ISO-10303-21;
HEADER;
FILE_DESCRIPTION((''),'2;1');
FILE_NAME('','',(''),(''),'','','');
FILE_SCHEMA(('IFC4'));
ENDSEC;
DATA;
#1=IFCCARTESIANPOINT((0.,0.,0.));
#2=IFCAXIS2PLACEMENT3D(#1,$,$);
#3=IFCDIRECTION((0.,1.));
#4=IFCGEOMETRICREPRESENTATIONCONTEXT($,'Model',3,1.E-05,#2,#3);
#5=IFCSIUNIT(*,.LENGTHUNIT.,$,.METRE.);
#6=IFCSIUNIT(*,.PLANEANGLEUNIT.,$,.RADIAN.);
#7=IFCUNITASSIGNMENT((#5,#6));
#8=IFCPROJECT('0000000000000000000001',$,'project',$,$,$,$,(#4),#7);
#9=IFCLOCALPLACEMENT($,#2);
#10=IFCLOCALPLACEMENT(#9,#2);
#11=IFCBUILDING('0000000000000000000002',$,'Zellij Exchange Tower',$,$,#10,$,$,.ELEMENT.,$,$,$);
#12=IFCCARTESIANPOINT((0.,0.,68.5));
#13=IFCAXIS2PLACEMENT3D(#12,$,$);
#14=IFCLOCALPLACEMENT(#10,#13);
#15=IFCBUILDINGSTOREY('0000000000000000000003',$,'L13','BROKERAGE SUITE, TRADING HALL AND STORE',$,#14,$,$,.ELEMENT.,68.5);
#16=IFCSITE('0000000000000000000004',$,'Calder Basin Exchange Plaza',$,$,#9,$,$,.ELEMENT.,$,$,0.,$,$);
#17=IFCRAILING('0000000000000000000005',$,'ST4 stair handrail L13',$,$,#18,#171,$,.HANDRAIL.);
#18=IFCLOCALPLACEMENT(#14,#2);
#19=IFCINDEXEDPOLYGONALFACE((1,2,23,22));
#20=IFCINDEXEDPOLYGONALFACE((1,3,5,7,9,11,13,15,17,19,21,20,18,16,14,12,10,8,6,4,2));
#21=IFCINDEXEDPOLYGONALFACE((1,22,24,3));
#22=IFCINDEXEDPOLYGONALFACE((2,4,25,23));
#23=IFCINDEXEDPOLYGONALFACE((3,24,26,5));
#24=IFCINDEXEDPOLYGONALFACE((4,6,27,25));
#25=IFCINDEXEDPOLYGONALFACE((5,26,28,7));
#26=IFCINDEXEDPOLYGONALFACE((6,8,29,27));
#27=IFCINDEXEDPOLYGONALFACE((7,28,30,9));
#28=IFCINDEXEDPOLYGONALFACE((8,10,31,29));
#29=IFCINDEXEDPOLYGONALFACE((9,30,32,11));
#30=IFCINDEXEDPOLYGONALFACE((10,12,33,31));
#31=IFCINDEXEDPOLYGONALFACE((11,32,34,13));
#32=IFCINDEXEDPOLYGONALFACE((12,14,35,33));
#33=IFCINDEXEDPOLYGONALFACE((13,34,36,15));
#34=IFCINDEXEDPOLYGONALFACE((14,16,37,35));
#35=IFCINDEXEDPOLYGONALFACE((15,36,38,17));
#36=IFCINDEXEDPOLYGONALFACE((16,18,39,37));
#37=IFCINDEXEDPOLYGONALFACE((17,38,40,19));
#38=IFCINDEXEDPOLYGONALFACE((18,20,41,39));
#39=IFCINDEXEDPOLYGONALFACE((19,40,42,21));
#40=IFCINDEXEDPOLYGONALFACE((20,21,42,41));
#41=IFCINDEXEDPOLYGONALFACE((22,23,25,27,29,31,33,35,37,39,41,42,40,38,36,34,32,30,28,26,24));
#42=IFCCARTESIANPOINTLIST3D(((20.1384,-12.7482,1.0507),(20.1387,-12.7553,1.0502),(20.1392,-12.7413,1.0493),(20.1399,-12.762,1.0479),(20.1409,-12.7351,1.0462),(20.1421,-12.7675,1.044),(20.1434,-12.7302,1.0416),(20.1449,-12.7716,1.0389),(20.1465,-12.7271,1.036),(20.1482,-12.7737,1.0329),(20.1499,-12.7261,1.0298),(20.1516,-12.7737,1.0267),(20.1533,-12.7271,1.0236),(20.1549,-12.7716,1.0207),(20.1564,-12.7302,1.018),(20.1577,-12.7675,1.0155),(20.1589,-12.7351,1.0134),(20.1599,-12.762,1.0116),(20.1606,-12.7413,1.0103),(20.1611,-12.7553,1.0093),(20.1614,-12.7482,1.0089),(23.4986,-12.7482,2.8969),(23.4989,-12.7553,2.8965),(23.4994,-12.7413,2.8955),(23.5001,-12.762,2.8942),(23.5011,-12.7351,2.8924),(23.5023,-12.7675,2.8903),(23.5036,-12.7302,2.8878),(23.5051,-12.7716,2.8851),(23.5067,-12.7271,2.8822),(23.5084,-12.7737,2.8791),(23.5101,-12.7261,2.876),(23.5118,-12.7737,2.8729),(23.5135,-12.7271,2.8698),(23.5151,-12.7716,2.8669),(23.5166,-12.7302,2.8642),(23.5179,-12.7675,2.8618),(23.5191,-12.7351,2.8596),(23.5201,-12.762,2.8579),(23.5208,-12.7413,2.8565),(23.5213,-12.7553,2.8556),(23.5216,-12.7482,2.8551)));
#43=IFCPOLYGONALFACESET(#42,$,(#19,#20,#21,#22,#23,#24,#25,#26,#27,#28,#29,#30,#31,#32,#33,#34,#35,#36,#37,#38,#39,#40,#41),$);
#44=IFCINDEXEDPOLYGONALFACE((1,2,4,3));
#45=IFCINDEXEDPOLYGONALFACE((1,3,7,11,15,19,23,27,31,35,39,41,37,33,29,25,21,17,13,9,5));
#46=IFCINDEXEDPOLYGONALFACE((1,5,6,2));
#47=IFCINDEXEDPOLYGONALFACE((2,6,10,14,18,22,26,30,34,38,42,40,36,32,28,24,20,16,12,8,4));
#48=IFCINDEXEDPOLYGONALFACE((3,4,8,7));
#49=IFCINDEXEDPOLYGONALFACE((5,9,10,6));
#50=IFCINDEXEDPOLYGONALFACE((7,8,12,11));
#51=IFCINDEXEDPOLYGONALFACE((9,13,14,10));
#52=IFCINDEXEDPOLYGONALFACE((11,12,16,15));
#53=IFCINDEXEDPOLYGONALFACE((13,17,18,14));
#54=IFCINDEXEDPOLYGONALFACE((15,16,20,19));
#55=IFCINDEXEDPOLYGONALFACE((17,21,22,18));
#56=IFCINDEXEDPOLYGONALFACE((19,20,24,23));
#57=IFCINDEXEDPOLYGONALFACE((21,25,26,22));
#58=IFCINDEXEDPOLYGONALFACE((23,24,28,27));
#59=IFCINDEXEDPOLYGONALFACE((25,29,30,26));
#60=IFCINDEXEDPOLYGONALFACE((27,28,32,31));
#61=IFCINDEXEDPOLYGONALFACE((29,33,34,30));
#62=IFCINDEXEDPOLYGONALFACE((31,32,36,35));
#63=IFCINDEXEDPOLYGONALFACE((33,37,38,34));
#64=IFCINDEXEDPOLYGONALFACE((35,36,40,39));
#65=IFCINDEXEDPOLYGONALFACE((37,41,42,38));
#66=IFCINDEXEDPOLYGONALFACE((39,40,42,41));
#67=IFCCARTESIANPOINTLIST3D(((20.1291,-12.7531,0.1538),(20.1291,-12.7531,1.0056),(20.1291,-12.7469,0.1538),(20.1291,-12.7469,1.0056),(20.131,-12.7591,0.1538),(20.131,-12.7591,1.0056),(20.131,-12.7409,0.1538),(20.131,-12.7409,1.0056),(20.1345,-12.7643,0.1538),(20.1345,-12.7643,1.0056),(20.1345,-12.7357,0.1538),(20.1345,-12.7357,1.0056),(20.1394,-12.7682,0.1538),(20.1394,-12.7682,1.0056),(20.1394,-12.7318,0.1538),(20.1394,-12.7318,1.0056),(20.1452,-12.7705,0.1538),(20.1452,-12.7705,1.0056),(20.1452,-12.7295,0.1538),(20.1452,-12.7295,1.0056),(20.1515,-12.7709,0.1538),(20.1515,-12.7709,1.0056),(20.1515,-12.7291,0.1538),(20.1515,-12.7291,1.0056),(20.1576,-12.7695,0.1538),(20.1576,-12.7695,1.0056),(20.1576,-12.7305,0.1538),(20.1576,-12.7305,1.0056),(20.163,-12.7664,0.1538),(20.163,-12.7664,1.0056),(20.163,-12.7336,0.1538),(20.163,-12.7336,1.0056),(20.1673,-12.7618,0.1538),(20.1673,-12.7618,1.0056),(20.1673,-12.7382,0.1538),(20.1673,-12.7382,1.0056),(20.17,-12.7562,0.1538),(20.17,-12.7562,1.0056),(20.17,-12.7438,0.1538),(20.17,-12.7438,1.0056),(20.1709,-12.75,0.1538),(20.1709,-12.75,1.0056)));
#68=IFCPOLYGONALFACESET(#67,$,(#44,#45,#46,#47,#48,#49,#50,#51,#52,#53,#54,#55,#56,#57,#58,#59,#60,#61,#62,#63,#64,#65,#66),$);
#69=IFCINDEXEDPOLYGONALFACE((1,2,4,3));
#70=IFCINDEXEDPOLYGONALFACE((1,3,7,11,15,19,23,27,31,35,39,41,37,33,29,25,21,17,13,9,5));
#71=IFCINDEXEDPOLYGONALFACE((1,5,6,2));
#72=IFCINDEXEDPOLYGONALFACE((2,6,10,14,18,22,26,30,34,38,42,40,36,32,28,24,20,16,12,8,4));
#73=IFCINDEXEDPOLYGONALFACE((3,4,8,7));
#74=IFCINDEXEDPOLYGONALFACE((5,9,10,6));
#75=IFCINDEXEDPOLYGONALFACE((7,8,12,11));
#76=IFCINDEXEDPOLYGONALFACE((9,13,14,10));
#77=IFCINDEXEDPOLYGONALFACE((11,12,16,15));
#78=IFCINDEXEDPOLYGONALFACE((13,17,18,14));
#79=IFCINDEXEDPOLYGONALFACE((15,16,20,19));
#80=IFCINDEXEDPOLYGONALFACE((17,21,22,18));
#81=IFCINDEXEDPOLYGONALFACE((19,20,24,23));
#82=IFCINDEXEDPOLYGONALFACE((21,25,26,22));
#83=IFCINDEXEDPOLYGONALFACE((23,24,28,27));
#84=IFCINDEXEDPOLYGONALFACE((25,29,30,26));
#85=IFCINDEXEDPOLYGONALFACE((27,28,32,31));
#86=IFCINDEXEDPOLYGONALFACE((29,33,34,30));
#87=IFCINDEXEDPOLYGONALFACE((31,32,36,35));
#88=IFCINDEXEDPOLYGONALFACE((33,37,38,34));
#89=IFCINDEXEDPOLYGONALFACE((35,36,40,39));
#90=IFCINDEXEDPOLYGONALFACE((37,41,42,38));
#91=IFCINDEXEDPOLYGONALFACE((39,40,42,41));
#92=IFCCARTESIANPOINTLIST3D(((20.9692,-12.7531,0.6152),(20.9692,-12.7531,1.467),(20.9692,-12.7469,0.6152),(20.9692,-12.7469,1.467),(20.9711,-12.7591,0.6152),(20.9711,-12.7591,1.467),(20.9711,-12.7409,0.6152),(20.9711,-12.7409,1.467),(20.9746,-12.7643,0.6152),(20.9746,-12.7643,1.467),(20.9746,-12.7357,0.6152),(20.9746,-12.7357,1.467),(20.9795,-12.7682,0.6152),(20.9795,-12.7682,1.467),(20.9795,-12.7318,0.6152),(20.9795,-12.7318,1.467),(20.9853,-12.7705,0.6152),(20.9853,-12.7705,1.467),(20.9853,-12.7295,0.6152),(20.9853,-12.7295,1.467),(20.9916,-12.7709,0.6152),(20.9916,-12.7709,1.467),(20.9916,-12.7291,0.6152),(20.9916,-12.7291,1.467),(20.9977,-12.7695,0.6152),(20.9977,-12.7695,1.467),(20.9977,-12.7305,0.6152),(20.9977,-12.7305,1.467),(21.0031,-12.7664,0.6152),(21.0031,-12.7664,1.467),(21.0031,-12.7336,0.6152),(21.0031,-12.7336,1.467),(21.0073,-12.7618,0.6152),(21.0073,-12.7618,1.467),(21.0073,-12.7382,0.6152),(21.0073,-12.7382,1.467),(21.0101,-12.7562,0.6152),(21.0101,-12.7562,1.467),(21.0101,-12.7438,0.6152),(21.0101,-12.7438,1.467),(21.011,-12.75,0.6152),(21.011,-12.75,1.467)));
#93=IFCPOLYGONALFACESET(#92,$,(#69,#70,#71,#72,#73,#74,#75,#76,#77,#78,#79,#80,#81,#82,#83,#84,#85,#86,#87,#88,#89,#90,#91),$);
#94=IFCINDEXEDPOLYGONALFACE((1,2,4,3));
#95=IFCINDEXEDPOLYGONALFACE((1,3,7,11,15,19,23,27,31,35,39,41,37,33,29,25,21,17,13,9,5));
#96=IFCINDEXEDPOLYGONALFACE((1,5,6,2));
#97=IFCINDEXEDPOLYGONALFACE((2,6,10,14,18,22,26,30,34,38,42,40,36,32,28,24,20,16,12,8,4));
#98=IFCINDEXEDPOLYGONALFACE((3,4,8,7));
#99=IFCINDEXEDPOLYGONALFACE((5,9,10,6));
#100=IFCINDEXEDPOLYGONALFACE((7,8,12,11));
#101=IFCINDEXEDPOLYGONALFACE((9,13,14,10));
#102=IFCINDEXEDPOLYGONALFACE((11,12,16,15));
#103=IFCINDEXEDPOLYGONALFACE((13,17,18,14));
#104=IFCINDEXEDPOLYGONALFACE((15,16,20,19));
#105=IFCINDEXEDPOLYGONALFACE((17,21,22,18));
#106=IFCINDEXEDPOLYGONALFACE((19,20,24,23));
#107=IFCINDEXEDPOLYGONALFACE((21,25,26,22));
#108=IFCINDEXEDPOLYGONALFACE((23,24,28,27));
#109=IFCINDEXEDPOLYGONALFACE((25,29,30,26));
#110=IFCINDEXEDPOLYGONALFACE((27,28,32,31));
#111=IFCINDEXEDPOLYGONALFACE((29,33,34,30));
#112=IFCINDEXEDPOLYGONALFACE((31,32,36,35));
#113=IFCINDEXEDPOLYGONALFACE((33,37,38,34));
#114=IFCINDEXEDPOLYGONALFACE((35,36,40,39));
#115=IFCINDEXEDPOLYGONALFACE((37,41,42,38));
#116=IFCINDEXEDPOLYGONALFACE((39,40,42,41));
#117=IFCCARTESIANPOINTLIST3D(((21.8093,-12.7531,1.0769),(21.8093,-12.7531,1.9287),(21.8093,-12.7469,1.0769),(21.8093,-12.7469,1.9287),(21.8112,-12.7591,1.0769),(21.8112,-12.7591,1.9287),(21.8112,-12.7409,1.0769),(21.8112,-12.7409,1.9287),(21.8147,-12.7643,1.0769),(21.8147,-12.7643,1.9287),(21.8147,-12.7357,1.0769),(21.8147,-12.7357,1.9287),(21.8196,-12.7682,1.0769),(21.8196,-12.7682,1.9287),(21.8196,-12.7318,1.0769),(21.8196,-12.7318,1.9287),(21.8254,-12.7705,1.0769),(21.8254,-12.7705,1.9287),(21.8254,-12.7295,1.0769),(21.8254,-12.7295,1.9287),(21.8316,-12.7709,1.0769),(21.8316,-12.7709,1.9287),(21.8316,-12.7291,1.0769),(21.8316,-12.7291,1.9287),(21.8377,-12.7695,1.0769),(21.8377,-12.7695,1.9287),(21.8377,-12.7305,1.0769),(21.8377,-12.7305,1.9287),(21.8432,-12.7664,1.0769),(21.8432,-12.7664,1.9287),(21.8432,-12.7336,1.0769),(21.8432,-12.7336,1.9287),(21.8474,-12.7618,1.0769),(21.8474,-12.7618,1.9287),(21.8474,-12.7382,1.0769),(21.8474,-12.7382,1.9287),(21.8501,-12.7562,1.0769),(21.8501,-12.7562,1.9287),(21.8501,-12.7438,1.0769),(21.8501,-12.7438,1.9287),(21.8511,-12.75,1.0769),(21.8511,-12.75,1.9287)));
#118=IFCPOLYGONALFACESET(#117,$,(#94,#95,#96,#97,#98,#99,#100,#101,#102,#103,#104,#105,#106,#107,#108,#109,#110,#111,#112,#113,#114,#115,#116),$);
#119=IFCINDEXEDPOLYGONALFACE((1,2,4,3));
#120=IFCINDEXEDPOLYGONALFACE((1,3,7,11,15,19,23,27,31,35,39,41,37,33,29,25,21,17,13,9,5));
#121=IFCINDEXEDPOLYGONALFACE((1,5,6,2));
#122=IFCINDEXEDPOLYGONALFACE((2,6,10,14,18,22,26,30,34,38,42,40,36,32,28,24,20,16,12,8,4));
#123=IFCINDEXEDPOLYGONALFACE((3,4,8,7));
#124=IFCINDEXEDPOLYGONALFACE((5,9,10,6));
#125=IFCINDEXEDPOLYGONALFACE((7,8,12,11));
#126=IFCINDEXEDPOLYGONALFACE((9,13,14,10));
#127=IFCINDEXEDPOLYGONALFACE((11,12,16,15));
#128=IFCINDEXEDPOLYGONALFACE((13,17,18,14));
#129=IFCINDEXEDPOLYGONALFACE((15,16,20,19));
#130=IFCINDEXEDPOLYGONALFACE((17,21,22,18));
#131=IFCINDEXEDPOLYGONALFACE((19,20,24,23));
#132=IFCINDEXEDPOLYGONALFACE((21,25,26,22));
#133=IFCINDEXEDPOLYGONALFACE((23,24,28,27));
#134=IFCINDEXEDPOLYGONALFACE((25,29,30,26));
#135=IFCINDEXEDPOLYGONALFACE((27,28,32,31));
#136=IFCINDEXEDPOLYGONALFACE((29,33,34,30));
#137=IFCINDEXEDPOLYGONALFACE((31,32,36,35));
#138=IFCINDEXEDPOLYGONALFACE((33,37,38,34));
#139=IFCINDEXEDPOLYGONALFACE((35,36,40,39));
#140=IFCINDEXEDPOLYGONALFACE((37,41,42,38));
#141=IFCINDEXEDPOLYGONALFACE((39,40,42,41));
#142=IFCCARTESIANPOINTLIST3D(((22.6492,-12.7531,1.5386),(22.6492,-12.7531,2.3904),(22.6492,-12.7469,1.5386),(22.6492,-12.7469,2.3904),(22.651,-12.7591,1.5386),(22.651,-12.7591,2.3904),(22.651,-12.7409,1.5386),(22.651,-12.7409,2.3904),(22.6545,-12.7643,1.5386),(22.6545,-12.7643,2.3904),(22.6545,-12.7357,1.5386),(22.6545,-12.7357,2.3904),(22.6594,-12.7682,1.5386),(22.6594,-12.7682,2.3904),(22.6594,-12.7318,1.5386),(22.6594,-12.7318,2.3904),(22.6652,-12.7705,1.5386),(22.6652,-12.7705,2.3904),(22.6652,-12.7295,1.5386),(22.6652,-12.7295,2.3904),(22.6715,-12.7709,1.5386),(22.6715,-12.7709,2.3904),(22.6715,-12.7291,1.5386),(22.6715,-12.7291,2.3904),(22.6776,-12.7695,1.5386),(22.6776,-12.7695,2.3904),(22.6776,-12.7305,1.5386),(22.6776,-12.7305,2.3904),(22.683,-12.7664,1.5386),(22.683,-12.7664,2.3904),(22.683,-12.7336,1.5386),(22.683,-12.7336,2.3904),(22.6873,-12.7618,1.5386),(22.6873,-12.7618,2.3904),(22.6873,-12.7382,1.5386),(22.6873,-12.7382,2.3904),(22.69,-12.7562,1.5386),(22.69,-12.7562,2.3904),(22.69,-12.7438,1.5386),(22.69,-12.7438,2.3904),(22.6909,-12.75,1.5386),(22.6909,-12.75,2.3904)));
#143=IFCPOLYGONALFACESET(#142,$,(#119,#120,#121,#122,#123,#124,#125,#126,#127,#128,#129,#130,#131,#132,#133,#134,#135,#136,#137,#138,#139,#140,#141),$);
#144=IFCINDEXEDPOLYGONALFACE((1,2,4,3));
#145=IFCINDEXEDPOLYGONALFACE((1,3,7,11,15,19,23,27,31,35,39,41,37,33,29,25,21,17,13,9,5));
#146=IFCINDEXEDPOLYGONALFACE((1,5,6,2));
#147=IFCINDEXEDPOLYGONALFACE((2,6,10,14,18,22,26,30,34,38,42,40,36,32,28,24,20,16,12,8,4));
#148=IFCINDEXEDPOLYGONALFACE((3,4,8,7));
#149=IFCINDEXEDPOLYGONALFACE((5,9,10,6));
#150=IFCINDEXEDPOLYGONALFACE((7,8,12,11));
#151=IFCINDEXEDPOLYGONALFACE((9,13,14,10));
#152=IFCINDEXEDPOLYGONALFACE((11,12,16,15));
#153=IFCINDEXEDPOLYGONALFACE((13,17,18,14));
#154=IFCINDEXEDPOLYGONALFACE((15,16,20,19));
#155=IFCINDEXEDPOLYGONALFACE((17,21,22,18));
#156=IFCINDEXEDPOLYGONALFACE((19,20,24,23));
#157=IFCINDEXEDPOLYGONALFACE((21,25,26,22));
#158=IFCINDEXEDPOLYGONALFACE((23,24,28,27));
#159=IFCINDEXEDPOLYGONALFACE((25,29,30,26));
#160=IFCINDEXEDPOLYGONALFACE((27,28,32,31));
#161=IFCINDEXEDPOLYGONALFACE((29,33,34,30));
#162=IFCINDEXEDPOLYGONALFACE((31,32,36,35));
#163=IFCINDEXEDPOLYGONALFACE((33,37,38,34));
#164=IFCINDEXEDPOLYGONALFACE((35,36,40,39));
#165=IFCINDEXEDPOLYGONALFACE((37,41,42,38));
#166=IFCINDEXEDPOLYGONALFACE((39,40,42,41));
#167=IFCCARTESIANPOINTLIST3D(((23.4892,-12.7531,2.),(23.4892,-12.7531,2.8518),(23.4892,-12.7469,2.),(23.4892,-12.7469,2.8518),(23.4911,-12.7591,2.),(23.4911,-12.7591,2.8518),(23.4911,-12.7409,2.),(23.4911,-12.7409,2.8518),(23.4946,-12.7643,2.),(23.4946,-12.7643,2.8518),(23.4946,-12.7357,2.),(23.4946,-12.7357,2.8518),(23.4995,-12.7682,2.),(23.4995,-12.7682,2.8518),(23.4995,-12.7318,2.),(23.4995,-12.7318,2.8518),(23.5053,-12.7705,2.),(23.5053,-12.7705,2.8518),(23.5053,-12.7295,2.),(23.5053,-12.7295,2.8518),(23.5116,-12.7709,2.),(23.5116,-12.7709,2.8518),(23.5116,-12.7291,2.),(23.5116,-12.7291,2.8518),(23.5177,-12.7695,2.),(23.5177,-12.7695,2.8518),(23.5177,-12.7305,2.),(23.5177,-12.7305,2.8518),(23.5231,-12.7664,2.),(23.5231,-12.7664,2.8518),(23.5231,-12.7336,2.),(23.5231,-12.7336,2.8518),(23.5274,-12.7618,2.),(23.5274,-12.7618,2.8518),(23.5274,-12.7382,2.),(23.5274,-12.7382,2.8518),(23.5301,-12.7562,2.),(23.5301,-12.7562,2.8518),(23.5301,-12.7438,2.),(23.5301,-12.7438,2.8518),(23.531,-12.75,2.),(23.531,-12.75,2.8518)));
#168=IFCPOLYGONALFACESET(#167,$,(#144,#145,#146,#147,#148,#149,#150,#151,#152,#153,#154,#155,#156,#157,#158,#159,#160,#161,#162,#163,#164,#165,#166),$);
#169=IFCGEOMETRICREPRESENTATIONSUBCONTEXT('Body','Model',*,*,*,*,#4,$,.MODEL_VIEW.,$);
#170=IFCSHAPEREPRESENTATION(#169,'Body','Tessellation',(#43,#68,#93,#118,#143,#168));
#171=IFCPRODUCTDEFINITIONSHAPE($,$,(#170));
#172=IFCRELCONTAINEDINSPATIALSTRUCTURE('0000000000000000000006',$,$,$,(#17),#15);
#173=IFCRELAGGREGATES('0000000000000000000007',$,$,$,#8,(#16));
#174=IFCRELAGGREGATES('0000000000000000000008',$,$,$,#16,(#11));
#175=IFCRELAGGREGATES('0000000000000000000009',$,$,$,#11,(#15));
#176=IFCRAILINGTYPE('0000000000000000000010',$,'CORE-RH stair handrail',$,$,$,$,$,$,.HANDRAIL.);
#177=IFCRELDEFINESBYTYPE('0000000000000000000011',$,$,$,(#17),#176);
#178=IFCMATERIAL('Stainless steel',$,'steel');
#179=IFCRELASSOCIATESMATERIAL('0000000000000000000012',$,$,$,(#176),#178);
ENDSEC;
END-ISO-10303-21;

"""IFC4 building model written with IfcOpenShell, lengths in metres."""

from ifc_helpers import new_model, si_unit, direction, frame, origin, origin_2d, place, context, subcontext, project, spatial, circle, extrude, material, type_object, element, save


model = new_model("IFC4")

# Units and contexts
model_context = context("Model", 3, precision=1e-05, world=origin(), true_north=direction((0.0, 1.0)))
body_context = subcontext(model_context, "Body", "Model", "MODEL_VIEW")
ifc_project = project(units=[si_unit("LENGTHUNIT", "METRE"), si_unit("PLANEANGLEUNIT", "RADIAN")], contexts=[model_context])

# Site, building, storey
site_placement = place(None, origin())
site = spatial("IfcSite", under=ifc_project, at=site_placement, Name="Calder Basin Exchange Plaza", CompositionType="ELEMENT", RefElevation=0.0)
building_placement = place(site_placement, origin())
building = spatial("IfcBuilding", under=site, at=building_placement, Name="Zellij Exchange Tower", CompositionType="ELEMENT")
storey_placement = place(building_placement, frame((0.0, 0.0, 68.5)))
storey = spatial("IfcBuildingStorey", under=building, at=storey_placement, Name="L13", Description="BROKERAGE SUITE, TRADING HALL AND STORE", CompositionType="ELEMENT", Elevation=68.5)

# Railing
ifc_material_1 = material(Name="Stainless steel", Category="steel")
railing_type_1 = type_object("IfcRailingType", Name="CORE-RH stair handrail", PredefinedType="HANDRAIL", material=ifc_material_1)
railing_1_placement = place(storey_placement, frame((20.1499, -12.75, 0.1538)))
element("IfcRailing", 1, at=railing_1_placement, inside=storey, type_object=railing_type_1, Name="ST4 stair handrail L13", PredefinedType="HANDRAIL", context=body_context, shape_type="SweptSolid", body=[
    extrude(circle(Radius=0.0239, at=origin_2d()), frame((0.0, 0.0, 0.876), z_axis=(0.876422, 0.0, 0.481545), x_axis=(0.0, 1.0, 0.0)), (0.0, 0.0, 1.0), 3.834),
    extrude(circle(Radius=0.021, at=origin_2d()), origin(), (0.0, 0.0, 1.0), 0.8518),
    extrude(circle(Radius=0.021, at=origin_2d()), frame((0.8401, 0.0, 0.4614)), (0.0, 0.0, 1.0), 0.8518),
    extrude(circle(Radius=0.021, at=origin_2d()), frame((1.6802, 0.0, 0.9231)), (0.0, 0.0, 1.0), 0.8518),
    extrude(circle(Radius=0.021, at=origin_2d()), frame((2.52, 0.0, 1.3848)), (0.0, 0.0, 1.0), 0.8518),
    extrude(circle(Radius=0.021, at=origin_2d()), frame((3.3601, 0.0, 1.8462)), (0.0, 0.0, 1.0), 0.8518),
])

save(model, "model.ifc")
